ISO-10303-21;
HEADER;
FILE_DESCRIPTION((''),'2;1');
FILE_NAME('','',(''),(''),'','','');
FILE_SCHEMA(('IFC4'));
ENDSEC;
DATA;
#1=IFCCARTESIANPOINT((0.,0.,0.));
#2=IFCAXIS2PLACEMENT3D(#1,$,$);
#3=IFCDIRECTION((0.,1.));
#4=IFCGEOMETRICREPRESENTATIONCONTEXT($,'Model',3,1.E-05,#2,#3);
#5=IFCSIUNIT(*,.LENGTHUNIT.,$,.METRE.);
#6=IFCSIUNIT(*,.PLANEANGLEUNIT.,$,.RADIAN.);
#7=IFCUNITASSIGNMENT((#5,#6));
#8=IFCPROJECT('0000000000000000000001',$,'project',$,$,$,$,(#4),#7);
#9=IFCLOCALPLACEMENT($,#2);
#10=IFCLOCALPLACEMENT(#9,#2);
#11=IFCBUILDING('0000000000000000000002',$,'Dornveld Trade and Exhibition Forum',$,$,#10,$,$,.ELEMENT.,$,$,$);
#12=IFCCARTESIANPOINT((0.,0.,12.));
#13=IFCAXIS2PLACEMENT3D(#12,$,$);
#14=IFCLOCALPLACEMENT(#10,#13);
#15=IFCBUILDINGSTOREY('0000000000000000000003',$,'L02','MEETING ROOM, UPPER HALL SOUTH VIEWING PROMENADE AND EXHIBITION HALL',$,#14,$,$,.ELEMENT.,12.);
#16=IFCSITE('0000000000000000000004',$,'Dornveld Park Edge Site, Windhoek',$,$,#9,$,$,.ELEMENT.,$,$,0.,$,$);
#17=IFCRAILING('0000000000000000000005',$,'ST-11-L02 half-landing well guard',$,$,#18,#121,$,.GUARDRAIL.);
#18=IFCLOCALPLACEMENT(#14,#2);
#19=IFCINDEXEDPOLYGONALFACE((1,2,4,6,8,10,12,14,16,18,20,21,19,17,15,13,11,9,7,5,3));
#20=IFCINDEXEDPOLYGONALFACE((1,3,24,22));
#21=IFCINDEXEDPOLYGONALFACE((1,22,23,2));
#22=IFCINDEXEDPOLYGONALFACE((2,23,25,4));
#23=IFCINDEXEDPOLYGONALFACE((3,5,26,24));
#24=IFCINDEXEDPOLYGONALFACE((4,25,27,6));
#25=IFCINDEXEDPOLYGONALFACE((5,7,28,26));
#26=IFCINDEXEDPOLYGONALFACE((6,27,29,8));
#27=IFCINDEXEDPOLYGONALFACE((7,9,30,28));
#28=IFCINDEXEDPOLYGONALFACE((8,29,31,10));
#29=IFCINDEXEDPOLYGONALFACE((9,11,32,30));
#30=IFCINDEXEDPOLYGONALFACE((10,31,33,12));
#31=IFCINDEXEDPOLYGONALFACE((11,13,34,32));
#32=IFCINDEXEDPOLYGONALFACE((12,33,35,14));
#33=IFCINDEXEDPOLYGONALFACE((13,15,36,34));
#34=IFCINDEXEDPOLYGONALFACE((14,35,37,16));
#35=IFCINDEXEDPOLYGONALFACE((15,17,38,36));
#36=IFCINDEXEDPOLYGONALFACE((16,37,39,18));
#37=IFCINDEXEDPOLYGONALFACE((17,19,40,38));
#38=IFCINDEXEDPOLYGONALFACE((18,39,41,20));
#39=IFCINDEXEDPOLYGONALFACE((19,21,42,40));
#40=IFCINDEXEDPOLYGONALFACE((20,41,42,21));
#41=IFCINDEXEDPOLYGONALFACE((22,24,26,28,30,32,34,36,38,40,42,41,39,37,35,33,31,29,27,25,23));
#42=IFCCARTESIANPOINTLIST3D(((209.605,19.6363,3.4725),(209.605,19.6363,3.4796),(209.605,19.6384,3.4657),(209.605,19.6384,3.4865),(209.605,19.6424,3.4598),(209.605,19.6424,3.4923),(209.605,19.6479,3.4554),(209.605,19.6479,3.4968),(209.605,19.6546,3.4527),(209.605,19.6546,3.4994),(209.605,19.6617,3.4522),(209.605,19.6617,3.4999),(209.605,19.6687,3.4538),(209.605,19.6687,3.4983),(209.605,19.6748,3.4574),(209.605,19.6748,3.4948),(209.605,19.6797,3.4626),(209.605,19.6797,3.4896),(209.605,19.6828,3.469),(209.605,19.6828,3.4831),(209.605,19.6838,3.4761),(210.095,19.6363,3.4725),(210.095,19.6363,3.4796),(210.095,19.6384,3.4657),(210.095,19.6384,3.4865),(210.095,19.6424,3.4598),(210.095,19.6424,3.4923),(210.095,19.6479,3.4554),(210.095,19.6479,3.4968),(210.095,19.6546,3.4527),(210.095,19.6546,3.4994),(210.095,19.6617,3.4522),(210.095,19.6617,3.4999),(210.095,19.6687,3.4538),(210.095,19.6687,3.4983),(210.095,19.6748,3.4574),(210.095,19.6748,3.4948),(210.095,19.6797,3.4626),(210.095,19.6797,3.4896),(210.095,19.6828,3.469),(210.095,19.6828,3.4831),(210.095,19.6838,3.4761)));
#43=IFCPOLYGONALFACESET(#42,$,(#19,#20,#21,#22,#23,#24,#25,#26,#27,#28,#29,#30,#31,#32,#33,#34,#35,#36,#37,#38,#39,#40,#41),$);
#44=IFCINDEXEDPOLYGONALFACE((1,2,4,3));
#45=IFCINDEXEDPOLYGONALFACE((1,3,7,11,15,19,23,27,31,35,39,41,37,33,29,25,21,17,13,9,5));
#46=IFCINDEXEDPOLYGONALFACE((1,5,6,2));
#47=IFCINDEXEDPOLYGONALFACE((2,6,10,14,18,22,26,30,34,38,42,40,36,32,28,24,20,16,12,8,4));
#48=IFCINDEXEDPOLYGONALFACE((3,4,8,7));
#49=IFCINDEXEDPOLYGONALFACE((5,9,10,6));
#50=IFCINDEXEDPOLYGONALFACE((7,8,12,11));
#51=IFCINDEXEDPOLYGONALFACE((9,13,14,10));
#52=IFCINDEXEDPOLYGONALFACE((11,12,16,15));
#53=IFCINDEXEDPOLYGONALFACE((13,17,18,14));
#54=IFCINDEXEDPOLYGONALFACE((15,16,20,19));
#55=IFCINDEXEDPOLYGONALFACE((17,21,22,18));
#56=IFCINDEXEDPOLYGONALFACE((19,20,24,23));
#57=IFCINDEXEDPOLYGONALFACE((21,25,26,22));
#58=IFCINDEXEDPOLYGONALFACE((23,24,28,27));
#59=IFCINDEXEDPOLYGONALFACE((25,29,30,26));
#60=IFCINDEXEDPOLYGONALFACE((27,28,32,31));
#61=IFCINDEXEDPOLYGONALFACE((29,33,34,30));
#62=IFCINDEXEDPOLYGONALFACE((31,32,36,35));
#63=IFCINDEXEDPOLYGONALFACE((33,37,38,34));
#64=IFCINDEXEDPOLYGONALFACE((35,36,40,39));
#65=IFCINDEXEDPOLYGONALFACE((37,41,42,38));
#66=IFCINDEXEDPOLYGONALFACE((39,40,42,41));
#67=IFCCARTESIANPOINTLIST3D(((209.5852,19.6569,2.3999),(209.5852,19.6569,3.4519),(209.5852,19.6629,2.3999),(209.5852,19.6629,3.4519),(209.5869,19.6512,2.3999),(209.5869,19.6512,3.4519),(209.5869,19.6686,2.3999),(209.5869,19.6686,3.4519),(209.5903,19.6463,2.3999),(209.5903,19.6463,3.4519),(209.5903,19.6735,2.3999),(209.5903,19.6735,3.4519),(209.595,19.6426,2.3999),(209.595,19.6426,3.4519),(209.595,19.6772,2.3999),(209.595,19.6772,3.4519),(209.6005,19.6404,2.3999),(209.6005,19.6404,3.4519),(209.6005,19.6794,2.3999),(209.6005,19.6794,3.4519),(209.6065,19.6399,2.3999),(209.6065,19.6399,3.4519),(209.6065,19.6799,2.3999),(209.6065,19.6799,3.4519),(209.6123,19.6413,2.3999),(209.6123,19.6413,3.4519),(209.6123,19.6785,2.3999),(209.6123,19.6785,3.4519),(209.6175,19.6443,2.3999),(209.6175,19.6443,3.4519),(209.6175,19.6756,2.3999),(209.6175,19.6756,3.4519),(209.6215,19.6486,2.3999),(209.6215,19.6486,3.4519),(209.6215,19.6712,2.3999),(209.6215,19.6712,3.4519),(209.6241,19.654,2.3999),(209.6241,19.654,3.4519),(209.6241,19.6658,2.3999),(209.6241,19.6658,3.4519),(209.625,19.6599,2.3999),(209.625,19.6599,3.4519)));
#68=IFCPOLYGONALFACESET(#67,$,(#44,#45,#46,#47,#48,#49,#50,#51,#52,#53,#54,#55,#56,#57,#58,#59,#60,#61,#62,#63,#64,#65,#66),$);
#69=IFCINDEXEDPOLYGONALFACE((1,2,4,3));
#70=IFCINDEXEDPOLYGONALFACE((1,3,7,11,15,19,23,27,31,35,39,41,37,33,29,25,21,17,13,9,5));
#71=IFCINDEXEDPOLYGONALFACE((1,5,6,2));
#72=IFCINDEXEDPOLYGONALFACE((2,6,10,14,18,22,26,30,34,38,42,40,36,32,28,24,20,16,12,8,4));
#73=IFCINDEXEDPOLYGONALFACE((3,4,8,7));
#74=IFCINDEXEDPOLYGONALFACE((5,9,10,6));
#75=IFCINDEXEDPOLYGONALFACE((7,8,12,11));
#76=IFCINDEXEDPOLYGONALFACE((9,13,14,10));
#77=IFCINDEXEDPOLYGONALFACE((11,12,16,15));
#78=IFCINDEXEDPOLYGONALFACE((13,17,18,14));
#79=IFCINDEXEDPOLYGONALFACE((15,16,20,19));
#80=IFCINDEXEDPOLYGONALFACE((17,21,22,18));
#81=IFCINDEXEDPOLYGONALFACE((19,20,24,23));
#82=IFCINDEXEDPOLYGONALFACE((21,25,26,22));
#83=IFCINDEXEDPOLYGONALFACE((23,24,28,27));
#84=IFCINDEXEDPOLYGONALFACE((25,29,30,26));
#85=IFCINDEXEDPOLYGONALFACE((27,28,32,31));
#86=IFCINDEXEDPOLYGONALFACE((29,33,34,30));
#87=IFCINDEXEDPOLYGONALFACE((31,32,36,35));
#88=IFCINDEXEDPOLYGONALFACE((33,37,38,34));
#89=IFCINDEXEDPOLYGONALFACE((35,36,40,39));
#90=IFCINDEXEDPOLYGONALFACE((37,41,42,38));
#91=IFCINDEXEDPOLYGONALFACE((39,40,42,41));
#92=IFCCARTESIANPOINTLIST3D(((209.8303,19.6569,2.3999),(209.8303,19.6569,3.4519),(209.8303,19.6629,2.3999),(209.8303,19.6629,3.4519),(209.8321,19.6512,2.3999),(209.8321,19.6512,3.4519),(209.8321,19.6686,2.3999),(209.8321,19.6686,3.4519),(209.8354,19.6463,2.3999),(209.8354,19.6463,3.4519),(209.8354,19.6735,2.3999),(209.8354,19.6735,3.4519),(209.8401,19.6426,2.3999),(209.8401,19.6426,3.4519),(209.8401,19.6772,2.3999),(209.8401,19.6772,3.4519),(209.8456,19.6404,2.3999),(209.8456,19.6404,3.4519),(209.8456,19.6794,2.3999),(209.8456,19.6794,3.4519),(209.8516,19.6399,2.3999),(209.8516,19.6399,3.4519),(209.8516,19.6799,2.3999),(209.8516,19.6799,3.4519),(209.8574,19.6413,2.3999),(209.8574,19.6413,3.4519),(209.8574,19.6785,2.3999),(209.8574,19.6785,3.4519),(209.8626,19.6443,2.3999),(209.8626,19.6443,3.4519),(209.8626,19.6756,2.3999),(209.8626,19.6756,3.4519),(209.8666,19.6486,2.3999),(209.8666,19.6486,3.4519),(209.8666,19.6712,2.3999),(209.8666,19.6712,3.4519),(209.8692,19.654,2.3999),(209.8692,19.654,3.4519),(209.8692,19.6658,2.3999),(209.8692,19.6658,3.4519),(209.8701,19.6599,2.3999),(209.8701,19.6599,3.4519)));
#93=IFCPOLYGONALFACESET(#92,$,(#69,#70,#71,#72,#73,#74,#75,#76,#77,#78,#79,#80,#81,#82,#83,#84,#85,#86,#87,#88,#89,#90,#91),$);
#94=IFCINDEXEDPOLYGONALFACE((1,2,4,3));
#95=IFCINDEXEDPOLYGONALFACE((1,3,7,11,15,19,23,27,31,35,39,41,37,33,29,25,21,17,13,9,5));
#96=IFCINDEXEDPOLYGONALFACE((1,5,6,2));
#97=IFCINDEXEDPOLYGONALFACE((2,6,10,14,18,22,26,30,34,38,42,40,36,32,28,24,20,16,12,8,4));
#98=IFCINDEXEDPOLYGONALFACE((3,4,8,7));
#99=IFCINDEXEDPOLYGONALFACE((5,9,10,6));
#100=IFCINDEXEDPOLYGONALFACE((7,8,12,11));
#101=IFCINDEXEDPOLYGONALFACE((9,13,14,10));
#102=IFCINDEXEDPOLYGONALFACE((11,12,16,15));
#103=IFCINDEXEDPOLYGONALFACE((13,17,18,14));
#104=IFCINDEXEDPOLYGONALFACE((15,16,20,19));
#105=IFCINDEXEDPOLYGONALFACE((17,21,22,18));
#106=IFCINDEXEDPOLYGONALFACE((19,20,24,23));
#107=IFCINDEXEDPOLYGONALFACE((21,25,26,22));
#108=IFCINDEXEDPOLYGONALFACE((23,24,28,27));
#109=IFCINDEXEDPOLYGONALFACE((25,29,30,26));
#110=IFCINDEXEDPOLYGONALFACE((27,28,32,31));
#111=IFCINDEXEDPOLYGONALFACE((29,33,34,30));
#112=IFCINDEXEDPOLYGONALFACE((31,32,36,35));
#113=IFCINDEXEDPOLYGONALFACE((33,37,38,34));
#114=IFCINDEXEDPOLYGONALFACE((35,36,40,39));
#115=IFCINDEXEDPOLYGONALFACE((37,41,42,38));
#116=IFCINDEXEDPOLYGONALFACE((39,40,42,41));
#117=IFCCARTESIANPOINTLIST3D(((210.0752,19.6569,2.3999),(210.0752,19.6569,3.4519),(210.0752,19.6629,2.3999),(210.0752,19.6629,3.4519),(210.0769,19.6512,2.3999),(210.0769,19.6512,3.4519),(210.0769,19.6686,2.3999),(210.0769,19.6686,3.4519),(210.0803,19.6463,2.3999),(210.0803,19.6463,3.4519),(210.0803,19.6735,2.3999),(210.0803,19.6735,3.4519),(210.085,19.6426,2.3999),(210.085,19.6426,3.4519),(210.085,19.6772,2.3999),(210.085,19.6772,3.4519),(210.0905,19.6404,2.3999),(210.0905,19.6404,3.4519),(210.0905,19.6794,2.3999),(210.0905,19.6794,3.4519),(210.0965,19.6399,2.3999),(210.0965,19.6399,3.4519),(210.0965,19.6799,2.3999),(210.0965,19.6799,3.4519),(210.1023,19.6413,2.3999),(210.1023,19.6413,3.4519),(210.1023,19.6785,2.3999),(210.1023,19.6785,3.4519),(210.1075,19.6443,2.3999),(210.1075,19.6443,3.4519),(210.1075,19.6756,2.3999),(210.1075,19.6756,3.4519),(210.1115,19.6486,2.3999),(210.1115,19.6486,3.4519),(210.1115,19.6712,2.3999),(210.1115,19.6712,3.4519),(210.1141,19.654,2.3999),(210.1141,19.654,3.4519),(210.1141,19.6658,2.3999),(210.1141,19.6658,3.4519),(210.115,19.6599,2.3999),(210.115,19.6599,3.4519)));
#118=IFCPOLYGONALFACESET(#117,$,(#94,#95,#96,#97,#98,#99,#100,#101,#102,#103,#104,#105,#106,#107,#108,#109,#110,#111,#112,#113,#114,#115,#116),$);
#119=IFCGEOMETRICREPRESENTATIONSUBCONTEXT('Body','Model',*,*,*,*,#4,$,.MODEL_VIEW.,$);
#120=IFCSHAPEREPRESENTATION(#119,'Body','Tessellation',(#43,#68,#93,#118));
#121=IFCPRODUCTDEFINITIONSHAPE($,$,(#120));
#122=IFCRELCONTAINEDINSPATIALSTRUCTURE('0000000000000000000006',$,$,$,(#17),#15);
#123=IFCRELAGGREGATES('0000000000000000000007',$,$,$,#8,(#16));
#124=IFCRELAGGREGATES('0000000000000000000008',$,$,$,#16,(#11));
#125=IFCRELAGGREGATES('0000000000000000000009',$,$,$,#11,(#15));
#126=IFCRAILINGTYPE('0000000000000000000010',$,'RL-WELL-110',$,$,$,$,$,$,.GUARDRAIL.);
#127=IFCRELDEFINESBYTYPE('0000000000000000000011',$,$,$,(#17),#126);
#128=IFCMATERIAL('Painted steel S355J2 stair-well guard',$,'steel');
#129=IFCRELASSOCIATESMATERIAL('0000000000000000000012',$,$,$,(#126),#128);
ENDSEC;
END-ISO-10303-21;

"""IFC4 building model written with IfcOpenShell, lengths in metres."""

from ifc_helpers import new_model, si_unit, direction, frame, origin, origin_2d, place, context, subcontext, project, spatial, circle, extrude, material, type_object, element, save


model = new_model("IFC4")

# Units and contexts
model_context = context("Model", 3, precision=1e-05, world=origin(), true_north=direction((0.0, 1.0)))
body_context = subcontext(model_context, "Body", "Model", "MODEL_VIEW")
ifc_project = project(units=[si_unit("LENGTHUNIT", "METRE"), si_unit("PLANEANGLEUNIT", "RADIAN")], contexts=[model_context])

# Site, building, storey
site_placement = place(None, origin())
site = spatial("IfcSite", under=ifc_project, at=site_placement, Name="Dornveld Park Edge Site, Windhoek", CompositionType="ELEMENT", RefElevation=0.0)
building_placement = place(site_placement, origin())
building = spatial("IfcBuilding", under=site, at=building_placement, Name="Dornveld Trade and Exhibition Forum", CompositionType="ELEMENT")
storey_placement = place(building_placement, frame((0.0, 0.0, 12.0)))
storey = spatial("IfcBuildingStorey", under=building, at=storey_placement, Name="L02", Description="MEETING ROOM, UPPER HALL SOUTH VIEWING PROMENADE AND EXHIBITION HALL", CompositionType="ELEMENT", Elevation=12.0)

# Railing
ifc_material_1 = material(Name="Painted steel S355J2 stair-well guard", Category="steel")
railing_type_1 = type_object("IfcRailingType", Name="RL-WELL-110", PredefinedType="GUARDRAIL", material=ifc_material_1)
railing_1_placement = place(storey_placement, frame((209.605, 19.6599, 2.3999)))
element("IfcRailing", 1, at=railing_1_placement, inside=storey, type_object=railing_type_1, Name="ST-11-L02 half-landing well guard", PredefinedType="GUARDRAIL", context=body_context, shape_type="SweptSolid", body=[
    extrude(circle(Radius=0.0239, at=origin_2d()), frame((0.0, 0.0, 1.0762), z_axis=(1.0, 0.0, 0.0), x_axis=(0.0, 1.0, 0.0)), (0.0, 0.0, 1.0), 0.49),
    extrude(circle(Radius=0.02, at=origin_2d()), origin(), (0.0, 0.0, 1.0), 1.052),
    extrude(circle(Radius=0.02, at=origin_2d()), frame((0.2451, 0.0, 0.0)), (0.0, 0.0, 1.0), 1.052),
    extrude(circle(Radius=0.02, at=origin_2d()), frame((0.49, 0.0, 0.0)), (0.0, 0.0, 1.0), 1.052),
])

save(model, "model.ifc")
